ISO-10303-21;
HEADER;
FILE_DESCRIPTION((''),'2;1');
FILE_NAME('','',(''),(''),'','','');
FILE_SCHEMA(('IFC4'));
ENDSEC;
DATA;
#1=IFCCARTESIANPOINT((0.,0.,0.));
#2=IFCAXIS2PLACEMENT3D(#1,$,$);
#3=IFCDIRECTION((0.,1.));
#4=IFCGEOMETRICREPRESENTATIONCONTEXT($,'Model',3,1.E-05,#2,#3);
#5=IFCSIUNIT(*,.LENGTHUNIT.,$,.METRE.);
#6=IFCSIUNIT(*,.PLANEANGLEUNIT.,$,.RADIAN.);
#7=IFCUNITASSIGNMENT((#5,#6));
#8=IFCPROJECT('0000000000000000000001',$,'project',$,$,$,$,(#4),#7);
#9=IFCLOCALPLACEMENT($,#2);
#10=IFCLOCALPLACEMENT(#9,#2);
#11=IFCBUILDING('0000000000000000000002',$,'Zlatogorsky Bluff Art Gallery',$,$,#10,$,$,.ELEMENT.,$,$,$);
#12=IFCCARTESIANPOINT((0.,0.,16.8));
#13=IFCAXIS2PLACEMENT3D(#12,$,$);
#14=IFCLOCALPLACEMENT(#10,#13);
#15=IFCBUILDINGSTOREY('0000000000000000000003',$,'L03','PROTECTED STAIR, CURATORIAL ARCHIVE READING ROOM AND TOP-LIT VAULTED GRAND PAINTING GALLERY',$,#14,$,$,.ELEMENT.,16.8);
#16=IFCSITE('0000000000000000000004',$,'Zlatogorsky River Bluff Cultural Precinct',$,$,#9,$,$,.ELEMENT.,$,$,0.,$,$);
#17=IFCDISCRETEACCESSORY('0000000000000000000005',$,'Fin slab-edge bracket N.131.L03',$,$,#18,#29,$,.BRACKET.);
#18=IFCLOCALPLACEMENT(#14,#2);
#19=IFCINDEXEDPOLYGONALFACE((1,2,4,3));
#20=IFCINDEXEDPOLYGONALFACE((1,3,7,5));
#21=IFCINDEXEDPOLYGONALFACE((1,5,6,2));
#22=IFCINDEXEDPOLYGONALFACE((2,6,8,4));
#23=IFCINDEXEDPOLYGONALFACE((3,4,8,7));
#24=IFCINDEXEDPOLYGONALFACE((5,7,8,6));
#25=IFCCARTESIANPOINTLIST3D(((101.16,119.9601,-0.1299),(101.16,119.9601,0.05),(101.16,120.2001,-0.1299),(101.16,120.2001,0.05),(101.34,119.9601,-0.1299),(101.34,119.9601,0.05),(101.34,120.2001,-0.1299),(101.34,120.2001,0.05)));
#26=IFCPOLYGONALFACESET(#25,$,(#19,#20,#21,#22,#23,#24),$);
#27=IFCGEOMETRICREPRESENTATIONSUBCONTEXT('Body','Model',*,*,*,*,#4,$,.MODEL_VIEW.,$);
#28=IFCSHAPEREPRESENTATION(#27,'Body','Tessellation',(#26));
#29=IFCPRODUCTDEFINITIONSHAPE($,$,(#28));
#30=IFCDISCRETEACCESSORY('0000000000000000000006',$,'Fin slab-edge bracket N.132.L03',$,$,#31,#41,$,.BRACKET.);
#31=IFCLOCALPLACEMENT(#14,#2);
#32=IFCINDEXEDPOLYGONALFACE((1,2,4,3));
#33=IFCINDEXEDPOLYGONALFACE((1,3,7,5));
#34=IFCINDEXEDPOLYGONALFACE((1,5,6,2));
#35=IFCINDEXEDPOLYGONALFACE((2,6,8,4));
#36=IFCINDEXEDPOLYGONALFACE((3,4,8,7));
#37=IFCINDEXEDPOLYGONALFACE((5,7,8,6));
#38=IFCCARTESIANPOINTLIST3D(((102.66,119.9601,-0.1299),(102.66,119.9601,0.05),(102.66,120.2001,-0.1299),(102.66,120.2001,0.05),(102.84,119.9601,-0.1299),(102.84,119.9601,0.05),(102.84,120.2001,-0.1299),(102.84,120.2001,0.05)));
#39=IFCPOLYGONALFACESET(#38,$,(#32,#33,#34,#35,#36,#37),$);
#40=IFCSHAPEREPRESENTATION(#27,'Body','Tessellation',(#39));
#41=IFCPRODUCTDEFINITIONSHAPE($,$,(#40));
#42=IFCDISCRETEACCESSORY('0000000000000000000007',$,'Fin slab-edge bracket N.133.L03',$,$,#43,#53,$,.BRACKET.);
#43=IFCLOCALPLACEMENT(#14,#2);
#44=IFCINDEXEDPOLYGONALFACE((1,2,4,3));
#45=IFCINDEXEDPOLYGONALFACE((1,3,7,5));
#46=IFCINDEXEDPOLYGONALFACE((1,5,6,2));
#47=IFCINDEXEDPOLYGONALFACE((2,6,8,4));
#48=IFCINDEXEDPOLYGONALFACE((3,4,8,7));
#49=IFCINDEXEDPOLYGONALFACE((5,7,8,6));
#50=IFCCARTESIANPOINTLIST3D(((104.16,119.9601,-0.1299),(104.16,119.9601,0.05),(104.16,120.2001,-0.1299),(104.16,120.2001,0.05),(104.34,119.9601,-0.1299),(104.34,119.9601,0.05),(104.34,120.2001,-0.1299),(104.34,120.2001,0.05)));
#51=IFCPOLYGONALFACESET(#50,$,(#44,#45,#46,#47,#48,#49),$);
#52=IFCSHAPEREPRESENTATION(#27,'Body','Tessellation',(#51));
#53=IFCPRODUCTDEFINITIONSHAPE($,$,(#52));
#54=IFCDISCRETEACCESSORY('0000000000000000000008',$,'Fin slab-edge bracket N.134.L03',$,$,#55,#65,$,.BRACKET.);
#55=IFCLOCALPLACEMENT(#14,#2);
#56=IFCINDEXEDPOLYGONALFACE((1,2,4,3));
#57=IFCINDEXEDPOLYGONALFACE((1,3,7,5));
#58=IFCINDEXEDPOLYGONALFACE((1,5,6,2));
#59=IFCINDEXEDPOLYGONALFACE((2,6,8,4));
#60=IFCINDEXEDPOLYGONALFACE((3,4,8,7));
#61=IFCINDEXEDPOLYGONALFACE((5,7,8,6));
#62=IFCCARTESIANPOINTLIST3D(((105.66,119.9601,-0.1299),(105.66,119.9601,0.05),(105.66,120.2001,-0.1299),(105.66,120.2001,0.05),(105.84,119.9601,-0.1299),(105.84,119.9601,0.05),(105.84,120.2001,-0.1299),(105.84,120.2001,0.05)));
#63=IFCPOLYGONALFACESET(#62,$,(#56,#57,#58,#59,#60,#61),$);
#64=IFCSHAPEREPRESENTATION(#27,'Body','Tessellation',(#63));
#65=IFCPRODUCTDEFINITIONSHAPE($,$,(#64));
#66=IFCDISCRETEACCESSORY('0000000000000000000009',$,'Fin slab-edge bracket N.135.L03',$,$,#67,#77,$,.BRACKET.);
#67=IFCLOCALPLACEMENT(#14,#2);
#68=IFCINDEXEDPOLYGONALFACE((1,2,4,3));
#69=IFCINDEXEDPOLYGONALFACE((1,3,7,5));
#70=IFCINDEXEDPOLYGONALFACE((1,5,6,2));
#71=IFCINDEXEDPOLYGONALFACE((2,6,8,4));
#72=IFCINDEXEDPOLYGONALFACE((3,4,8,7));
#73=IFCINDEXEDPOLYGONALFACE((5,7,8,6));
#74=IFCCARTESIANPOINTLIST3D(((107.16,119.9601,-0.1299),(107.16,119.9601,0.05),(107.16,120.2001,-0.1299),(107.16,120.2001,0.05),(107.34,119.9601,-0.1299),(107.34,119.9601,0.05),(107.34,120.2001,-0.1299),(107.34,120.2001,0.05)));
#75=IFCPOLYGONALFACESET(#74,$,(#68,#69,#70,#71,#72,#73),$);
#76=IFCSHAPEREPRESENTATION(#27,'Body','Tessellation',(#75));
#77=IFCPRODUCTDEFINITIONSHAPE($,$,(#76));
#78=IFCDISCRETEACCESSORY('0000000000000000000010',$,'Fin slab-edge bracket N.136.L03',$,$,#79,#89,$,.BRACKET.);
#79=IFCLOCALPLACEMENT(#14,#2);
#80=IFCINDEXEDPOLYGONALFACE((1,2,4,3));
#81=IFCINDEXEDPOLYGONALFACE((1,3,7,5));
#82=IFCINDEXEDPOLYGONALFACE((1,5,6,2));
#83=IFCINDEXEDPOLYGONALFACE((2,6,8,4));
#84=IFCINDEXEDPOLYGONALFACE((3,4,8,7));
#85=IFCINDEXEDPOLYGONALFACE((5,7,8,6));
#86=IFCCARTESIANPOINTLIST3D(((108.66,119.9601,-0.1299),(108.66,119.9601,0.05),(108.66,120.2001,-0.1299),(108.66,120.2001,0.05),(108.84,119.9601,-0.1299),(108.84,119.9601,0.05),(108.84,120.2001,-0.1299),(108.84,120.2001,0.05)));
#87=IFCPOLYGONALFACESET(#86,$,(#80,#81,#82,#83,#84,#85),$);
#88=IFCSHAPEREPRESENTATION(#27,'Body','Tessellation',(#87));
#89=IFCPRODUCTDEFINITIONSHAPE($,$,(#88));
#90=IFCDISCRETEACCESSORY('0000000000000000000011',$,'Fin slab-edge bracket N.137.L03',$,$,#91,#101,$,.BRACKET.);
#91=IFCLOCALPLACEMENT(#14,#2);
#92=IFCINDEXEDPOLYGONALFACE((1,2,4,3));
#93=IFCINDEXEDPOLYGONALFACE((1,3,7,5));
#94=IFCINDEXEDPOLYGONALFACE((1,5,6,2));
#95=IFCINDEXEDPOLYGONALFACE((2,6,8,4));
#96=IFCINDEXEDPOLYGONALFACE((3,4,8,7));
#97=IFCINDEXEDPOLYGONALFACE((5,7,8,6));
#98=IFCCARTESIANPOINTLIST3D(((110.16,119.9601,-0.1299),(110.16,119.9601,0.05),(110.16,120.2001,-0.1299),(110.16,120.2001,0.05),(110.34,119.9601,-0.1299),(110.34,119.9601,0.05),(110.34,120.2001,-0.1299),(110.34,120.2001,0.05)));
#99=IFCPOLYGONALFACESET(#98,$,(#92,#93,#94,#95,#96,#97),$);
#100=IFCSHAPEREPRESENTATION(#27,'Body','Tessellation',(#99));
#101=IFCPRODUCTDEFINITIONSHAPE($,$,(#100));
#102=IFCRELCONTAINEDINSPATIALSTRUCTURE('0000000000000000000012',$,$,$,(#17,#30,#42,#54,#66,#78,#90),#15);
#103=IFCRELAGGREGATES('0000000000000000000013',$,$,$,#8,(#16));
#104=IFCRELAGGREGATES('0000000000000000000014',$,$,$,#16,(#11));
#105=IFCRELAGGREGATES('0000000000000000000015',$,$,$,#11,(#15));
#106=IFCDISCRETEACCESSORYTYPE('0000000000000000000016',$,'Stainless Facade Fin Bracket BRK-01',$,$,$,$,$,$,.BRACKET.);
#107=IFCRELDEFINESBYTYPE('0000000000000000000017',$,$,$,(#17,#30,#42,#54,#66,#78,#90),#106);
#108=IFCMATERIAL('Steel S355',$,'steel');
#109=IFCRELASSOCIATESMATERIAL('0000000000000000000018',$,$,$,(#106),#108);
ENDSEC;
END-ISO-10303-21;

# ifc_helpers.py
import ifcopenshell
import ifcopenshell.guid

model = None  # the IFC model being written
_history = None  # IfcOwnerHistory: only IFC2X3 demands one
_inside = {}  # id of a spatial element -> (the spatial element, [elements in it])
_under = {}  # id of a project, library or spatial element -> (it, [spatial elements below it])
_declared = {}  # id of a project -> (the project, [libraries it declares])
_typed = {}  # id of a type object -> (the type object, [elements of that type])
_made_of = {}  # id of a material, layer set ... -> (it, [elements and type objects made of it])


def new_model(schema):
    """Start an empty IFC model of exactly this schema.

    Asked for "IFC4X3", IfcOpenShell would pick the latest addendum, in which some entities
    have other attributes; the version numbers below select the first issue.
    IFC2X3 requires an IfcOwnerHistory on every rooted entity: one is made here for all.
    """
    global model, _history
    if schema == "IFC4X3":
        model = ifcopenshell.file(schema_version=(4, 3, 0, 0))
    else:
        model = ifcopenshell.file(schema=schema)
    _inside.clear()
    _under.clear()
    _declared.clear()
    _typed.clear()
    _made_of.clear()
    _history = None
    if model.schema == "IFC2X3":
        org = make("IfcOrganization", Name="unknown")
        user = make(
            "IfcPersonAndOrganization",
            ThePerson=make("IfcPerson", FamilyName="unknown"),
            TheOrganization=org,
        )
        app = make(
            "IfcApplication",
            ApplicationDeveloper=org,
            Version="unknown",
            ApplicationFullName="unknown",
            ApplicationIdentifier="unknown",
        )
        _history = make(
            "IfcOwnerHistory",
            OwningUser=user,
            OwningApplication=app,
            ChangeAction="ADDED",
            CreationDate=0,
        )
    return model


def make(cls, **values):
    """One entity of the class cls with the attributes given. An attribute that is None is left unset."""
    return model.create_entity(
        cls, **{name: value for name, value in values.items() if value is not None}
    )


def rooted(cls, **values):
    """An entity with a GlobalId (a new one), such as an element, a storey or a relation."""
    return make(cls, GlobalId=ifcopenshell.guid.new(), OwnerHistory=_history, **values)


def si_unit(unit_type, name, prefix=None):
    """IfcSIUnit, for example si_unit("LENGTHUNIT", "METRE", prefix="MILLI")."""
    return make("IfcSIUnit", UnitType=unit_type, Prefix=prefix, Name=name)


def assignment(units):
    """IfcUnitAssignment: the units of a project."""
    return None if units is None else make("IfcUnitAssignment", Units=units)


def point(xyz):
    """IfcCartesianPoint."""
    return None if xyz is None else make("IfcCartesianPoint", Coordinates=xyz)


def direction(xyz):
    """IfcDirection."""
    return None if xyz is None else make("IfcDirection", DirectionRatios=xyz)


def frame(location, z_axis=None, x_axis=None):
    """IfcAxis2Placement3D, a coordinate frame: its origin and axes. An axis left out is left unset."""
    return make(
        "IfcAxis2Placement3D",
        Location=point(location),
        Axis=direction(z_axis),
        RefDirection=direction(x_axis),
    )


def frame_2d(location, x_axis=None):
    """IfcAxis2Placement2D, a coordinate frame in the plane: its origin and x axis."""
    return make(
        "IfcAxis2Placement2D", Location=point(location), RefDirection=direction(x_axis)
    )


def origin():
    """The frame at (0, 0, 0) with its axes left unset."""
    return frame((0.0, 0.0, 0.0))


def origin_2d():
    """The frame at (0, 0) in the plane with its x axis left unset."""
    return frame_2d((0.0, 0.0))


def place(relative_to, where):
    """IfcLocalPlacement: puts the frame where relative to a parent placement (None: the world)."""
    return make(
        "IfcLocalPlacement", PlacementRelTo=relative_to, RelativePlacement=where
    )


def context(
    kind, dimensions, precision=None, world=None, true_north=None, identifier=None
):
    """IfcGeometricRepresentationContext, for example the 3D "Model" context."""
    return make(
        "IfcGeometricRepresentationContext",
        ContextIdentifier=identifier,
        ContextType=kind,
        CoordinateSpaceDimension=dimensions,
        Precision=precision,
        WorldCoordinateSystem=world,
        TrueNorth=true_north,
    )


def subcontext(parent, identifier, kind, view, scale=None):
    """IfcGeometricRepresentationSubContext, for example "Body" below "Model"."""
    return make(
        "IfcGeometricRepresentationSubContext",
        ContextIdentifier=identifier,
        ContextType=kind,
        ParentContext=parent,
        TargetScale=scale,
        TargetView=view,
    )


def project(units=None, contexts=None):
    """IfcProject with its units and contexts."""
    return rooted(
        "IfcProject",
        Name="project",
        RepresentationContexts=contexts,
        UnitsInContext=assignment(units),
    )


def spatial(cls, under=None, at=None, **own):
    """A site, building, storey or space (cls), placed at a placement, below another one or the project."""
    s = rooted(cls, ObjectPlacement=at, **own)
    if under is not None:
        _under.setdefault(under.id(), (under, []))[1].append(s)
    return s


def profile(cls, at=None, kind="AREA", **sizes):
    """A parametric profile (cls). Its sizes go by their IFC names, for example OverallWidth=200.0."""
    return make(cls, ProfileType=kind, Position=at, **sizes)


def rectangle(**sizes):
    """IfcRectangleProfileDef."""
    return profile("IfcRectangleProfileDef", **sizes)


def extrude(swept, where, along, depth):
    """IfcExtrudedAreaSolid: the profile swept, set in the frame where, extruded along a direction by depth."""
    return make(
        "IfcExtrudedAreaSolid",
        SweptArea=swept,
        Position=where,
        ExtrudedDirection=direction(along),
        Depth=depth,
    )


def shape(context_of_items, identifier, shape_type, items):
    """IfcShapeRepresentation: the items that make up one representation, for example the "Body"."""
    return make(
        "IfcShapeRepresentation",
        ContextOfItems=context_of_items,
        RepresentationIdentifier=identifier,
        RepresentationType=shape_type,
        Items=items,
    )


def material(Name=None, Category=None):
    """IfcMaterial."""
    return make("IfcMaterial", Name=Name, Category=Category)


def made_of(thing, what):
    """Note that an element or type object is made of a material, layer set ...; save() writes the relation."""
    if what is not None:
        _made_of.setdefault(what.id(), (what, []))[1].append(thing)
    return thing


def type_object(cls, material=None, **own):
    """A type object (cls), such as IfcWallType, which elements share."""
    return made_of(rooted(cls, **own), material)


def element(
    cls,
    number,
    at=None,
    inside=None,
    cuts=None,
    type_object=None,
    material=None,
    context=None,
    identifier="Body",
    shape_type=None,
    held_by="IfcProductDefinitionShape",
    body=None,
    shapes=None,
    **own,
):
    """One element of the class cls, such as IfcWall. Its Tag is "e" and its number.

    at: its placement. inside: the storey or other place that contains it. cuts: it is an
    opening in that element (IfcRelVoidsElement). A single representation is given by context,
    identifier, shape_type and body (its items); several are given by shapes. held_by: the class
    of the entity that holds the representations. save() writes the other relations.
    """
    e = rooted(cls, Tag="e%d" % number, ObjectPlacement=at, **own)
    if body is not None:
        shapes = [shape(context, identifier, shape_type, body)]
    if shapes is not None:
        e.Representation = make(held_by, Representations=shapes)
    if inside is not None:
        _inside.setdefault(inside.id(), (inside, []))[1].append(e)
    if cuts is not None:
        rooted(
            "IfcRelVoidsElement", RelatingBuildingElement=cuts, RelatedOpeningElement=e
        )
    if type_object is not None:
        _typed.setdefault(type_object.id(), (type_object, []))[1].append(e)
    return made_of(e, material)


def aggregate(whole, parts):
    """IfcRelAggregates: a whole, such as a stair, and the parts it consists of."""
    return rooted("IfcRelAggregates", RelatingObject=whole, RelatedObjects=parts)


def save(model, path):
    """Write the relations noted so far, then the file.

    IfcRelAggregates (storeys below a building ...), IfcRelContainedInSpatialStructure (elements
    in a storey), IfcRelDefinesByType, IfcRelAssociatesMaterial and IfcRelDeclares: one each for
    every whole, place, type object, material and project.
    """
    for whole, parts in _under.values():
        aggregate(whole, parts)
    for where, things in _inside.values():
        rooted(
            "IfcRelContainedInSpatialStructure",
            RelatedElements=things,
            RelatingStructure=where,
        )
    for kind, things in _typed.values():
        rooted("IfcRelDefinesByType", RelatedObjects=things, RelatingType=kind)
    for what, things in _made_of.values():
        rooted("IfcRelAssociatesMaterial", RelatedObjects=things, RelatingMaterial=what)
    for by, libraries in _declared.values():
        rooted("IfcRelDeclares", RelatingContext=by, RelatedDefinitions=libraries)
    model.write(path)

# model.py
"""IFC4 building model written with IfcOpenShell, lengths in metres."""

from ifc_helpers import new_model, si_unit, direction, frame, origin, origin_2d, place, context, subcontext, project, spatial, rectangle, extrude, material, type_object, element, save


model = new_model("IFC4")

# Units and contexts
model_context = context("Model", 3, precision=1e-05, world=origin(), true_north=direction((0.0, 1.0)))
body_context = subcontext(model_context, "Body", "Model", "MODEL_VIEW")
ifc_project = project(units=[si_unit("LENGTHUNIT", "METRE"), si_unit("PLANEANGLEUNIT", "RADIAN")], contexts=[model_context])

# Site, building, storey
site_placement = place(None, origin())
site = spatial("IfcSite", under=ifc_project, at=site_placement, Name="Zlatogorsky River Bluff Cultural Precinct", CompositionType="ELEMENT", RefElevation=0.0)
building_placement = place(site_placement, origin())
building = spatial("IfcBuilding", under=site, at=building_placement, Name="Zlatogorsky Bluff Art Gallery", CompositionType="ELEMENT")
storey_placement = place(building_placement, frame((0.0, 0.0, 16.8)))
storey = spatial("IfcBuildingStorey", under=building, at=storey_placement, Name="L03", Description="PROTECTED STAIR, CURATORIAL ARCHIVE READING ROOM AND TOP-LIT VAULTED GRAND PAINTING GALLERY", CompositionType="ELEMENT", Elevation=16.8)

# Shared definitions
ifc_material_1 = material(Name="Steel S355", Category="steel")

# Discrete accessories
discrete_accessory_type = type_object("IfcDiscreteAccessoryType", Name="Stainless Facade Fin Bracket BRK-01", PredefinedType="BRACKET", material=ifc_material_1)
for number, where, z_axis, x_axis, name in (
    (1, (101.25, 120.0801, -0.1299), (0.0, 0.0, 1.0), (1.0, 0.0, 0.0), "Fin slab-edge bracket N.131.L03"),
    (2, (102.75, 120.0801, -0.1299), (0.0, 0.0, 1.0), (1.0, 0.0, 0.0), "Fin slab-edge bracket N.132.L03"),
    (3, (104.25, 120.0801, -0.1299), (0.0, 0.0, 1.0), (1.0, 0.0, 0.0), "Fin slab-edge bracket N.133.L03"),
    (4, (105.75, 120.0801, -0.1299), (0.0, 0.0, 1.0), (1.0, 0.0, 0.0), "Fin slab-edge bracket N.134.L03"),
    (5, (107.25, 120.0801, -0.1299), (0.0, 0.0, 1.0), (1.0, 0.0, 0.0), "Fin slab-edge bracket N.135.L03"),
    (6, (108.75, 120.0801, -0.1299), (0.0, 0.0, 1.0), (1.0, 0.0, 0.0), "Fin slab-edge bracket N.136.L03"),
    (7, (110.25, 120.0801, -0.1299), (0.0, 0.0, 1.0), (1.0, 0.0, 0.0), "Fin slab-edge bracket N.137.L03"),
):
    element("IfcDiscreteAccessory", number, at=place(storey_placement, frame(where, z_axis=z_axis, x_axis=x_axis)), inside=storey, type_object=discrete_accessory_type, Name=name, PredefinedType="BRACKET", context=body_context, shape_type="SweptSolid", body=[
        extrude(rectangle(XDim=0.1799, YDim=0.24, at=origin_2d()), origin(), (0.0, 0.0, 1.0), 0.1799),
    ])

save(model, "model.ifc")
